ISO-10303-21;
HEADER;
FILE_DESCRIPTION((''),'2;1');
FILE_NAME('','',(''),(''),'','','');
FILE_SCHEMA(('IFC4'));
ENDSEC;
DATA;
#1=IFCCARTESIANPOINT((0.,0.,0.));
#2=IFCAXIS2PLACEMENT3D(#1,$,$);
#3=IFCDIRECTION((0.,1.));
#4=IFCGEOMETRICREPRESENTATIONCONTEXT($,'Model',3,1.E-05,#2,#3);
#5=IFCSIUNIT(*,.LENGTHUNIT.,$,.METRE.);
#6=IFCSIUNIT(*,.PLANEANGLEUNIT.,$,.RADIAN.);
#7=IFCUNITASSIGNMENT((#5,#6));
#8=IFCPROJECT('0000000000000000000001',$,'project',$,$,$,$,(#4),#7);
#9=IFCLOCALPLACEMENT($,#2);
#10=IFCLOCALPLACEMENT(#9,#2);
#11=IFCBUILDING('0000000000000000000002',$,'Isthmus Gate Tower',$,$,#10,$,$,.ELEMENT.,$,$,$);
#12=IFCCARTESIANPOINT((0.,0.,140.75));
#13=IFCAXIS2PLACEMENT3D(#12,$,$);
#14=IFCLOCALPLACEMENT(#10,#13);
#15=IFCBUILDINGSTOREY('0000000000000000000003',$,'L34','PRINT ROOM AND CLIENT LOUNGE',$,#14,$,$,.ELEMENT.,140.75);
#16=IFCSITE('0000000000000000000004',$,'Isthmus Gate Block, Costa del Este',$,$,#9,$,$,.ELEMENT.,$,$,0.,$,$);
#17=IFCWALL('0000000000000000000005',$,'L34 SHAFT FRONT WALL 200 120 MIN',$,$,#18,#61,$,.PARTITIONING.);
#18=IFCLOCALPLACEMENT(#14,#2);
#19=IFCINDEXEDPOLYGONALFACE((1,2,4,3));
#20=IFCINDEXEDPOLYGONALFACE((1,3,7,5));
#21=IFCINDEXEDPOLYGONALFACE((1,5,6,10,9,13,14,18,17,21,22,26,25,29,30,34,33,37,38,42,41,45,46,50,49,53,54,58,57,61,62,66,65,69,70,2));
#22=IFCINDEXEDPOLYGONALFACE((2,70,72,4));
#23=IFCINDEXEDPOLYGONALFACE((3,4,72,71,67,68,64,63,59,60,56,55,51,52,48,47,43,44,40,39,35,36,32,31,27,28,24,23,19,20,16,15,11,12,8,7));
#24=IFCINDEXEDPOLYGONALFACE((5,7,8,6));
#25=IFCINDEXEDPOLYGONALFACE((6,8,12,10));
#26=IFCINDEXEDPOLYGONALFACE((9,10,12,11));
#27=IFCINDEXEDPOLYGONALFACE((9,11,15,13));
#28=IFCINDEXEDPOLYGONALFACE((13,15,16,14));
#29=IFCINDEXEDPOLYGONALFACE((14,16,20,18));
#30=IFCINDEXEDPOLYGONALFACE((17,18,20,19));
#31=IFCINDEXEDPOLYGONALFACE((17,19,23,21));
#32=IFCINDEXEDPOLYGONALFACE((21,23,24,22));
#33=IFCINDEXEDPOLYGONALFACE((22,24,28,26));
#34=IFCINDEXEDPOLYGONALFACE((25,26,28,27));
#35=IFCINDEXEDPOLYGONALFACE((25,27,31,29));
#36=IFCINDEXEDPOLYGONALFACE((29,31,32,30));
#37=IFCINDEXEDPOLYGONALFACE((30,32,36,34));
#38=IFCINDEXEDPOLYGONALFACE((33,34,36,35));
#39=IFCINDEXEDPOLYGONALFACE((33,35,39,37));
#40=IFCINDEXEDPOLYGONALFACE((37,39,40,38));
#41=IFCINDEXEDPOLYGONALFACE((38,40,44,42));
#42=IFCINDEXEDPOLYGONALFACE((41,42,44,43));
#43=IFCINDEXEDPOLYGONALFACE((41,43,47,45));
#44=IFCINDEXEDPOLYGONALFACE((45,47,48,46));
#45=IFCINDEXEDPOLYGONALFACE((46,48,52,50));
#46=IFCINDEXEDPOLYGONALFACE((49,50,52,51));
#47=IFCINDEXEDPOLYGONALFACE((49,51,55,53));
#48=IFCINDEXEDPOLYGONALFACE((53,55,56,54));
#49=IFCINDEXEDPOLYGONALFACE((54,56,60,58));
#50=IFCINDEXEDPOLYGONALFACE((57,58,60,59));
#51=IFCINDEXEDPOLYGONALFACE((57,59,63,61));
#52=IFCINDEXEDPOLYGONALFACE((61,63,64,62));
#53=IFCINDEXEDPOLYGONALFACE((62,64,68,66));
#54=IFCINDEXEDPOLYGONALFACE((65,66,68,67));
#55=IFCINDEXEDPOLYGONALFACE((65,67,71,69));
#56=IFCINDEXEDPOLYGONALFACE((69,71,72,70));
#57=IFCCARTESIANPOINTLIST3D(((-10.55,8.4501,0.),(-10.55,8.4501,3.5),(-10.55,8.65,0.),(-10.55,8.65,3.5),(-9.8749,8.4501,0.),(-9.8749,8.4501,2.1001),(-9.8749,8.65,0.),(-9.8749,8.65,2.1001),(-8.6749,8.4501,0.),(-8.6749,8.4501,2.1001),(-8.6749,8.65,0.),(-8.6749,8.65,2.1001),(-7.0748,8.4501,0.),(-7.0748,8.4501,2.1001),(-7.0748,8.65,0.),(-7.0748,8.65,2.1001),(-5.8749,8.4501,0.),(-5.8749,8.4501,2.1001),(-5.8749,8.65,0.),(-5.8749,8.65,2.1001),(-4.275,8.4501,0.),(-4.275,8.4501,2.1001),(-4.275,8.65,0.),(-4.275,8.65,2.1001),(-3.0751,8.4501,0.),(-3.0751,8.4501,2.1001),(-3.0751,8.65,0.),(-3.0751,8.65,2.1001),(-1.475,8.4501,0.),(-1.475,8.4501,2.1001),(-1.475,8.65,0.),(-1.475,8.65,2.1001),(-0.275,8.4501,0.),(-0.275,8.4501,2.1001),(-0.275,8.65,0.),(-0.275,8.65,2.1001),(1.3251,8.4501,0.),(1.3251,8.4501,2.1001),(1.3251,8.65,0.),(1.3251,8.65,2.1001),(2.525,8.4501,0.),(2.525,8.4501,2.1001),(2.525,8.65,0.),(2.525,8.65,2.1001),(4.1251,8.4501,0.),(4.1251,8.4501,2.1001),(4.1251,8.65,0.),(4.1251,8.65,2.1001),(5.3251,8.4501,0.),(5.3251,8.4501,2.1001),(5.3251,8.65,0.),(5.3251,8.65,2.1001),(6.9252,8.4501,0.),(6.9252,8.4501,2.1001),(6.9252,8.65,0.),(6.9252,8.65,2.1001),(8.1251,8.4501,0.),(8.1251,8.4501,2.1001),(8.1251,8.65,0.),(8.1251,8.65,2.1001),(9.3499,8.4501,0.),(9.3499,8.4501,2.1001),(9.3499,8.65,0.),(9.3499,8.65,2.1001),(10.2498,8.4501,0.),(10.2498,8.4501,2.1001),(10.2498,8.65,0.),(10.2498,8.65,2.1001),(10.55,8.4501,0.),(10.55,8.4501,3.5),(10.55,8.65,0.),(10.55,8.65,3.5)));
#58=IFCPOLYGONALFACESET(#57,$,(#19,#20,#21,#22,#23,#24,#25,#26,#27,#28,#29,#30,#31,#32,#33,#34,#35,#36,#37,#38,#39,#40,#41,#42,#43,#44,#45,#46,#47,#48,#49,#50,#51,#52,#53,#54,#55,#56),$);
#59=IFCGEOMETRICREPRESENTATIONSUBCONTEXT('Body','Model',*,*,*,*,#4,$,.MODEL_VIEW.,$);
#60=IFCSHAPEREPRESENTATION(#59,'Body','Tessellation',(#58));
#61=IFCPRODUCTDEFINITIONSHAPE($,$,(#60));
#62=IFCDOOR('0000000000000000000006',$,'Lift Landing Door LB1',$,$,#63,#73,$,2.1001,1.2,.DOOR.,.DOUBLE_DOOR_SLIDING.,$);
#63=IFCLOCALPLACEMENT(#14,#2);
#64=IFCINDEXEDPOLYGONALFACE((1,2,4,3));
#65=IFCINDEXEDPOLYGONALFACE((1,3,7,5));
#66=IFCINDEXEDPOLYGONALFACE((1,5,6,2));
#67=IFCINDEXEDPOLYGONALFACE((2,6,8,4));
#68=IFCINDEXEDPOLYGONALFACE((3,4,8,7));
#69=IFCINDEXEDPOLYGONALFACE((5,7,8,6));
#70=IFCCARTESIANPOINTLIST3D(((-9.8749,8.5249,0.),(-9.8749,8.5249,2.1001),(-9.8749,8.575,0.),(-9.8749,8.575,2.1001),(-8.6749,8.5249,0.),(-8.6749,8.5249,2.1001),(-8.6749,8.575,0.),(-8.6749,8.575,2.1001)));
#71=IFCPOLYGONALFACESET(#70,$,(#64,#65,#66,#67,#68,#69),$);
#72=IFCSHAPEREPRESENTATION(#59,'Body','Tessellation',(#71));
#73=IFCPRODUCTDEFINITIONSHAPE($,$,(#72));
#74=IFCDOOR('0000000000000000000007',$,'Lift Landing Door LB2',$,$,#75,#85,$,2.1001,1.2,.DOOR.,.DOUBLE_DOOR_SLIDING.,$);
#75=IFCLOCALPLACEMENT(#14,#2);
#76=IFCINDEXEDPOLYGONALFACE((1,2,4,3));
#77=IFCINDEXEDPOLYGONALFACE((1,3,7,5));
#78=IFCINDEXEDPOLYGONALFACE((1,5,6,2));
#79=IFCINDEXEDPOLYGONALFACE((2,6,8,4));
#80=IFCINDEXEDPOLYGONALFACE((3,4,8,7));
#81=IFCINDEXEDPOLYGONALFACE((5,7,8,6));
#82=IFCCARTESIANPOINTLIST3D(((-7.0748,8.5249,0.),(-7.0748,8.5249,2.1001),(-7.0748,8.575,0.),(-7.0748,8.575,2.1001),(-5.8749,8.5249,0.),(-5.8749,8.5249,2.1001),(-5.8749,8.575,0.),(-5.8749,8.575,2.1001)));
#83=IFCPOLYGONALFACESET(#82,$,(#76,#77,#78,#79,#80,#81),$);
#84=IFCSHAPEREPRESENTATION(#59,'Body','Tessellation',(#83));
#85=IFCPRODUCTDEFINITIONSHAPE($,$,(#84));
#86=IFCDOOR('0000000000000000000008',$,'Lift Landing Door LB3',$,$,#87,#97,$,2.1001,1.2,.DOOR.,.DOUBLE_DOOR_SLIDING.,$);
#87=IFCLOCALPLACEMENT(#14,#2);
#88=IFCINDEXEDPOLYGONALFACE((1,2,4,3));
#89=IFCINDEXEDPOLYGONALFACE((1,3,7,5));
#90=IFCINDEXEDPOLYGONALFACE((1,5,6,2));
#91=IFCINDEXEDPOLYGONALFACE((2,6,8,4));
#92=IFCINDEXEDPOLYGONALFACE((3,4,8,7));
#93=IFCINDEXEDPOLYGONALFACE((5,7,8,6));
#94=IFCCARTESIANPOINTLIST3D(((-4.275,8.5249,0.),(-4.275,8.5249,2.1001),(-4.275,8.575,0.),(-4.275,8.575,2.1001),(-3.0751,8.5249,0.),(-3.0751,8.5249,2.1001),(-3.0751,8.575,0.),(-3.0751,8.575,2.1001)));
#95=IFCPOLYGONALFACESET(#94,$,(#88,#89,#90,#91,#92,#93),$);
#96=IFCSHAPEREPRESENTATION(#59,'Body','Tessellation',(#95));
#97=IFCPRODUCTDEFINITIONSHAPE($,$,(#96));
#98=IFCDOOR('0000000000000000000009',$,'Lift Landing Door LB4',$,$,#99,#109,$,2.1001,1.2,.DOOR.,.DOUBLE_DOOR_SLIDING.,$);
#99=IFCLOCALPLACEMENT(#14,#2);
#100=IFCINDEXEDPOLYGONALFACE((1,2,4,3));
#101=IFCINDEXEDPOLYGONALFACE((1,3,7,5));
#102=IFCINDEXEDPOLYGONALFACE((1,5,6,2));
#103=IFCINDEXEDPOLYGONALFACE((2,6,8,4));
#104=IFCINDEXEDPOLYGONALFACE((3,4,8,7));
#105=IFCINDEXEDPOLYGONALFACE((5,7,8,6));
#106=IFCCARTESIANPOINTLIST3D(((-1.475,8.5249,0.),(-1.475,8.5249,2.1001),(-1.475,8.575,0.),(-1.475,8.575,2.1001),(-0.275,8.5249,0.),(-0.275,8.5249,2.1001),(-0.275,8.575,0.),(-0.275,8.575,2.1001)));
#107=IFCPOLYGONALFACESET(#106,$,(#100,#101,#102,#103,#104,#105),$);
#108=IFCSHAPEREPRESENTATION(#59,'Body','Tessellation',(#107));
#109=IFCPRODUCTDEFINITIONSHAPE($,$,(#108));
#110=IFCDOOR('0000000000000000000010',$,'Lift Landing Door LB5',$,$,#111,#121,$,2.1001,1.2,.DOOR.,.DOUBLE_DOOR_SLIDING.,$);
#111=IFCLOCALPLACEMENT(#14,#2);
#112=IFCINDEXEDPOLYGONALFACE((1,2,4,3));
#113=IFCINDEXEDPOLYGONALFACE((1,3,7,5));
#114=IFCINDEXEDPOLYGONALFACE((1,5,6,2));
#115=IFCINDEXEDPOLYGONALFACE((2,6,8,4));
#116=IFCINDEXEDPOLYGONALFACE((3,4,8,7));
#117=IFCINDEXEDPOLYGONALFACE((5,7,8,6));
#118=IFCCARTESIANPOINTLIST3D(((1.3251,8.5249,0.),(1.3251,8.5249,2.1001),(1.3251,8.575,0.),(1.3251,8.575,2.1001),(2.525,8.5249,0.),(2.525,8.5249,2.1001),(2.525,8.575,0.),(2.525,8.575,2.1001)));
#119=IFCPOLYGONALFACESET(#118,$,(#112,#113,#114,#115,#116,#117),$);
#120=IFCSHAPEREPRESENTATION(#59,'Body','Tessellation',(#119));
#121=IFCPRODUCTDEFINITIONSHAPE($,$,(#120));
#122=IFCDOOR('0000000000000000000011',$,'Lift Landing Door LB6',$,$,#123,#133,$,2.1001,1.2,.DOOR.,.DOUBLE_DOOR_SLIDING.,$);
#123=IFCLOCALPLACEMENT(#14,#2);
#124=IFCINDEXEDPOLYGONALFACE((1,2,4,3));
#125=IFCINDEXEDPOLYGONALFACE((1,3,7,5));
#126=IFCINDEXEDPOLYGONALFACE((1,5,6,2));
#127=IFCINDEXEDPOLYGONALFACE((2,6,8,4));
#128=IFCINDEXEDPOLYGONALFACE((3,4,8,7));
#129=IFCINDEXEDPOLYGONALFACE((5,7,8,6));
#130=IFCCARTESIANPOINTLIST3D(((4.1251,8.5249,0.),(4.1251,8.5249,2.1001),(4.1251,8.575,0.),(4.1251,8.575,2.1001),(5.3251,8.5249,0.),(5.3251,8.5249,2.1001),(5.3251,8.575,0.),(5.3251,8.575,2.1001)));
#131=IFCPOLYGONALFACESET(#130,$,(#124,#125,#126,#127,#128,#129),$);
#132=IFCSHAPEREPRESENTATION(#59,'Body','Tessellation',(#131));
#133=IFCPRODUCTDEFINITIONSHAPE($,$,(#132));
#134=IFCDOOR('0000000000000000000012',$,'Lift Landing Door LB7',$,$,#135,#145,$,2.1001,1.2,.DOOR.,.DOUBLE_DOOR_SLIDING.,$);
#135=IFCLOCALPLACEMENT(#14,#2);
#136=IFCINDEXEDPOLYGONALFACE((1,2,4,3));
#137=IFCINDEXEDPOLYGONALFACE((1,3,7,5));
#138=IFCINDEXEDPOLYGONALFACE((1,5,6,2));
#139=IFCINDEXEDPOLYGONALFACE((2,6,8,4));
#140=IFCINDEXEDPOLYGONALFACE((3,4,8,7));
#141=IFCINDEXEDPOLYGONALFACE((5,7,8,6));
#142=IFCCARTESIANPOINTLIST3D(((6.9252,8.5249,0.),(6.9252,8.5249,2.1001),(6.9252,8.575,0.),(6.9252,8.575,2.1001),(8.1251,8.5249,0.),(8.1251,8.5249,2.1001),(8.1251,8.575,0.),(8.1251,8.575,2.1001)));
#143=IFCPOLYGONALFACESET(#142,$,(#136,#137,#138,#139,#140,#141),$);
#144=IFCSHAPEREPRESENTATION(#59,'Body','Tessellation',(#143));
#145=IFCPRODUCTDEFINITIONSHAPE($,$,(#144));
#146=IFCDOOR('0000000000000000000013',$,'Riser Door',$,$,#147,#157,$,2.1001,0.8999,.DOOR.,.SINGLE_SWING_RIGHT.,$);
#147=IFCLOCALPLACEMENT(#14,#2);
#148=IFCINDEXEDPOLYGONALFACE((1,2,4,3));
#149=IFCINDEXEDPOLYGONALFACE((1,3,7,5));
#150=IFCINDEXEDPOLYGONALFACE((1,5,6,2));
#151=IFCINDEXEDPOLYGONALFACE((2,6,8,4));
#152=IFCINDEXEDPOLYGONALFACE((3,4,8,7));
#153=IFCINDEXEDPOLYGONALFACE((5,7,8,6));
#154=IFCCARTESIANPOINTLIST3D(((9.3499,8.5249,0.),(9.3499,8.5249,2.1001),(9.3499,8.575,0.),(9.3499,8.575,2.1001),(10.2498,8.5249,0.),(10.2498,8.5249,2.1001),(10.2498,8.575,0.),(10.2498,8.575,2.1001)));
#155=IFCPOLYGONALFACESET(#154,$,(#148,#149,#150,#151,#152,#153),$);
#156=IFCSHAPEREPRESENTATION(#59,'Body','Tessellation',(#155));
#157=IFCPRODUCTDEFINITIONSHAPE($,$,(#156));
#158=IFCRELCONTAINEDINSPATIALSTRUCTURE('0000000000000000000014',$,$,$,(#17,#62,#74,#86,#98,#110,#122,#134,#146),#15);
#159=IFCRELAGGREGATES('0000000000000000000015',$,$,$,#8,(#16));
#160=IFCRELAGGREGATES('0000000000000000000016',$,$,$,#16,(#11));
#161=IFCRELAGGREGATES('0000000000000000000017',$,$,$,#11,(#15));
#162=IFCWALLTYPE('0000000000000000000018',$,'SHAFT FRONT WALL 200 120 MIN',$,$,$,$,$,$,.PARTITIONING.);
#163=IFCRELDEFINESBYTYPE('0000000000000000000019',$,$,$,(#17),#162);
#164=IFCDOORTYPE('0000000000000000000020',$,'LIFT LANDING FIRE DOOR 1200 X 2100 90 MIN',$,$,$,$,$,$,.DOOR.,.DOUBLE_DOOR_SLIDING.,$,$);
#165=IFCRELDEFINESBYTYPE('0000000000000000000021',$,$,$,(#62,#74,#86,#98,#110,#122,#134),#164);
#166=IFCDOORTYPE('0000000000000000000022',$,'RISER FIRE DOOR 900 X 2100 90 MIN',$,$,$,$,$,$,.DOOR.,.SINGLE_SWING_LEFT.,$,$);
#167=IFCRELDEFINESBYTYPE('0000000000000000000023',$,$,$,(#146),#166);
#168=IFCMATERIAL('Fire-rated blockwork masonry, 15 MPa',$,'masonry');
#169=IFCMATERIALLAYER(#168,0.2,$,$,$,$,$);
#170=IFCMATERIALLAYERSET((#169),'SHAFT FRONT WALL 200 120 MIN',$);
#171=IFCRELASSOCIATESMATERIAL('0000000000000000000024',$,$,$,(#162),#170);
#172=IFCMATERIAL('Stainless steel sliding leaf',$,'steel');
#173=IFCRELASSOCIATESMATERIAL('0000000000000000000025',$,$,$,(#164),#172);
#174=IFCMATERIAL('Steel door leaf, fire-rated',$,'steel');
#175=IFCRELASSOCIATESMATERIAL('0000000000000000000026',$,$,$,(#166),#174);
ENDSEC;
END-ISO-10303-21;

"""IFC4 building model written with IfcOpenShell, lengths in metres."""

from ifc_helpers import new_model, si_unit, direction, frame, frame_2d, origin, place, context, subcontext, project, spatial, rectangle, extrude, material, layer, layer_set, type_object, element, fill, save


model = new_model("IFC4")

# Units and contexts
model_context = context("Model", 3, precision=1e-05, world=origin(), true_north=direction((0.0, 1.0)))
body_context = subcontext(model_context, "Body", "Model", "MODEL_VIEW")
ifc_project = project(units=[si_unit("LENGTHUNIT", "METRE"), si_unit("PLANEANGLEUNIT", "RADIAN")], contexts=[model_context])

# Site, building, storey
site_placement = place(None, origin())
site = spatial("IfcSite", under=ifc_project, at=site_placement, Name="Isthmus Gate Block, Costa del Este", CompositionType="ELEMENT", RefElevation=0.0)
building_placement = place(site_placement, origin())
building = spatial("IfcBuilding", under=site, at=building_placement, Name="Isthmus Gate Tower", CompositionType="ELEMENT")
storey_placement = place(building_placement, frame((0.0, 0.0, 140.75)))
storey = spatial("IfcBuildingStorey", under=building, at=storey_placement, Name="L34", Description="PRINT ROOM AND CLIENT LOUNGE", CompositionType="ELEMENT", Elevation=140.75)

# Wall, openings, doors
ifc_material_1 = material(Name="Fire-rated blockwork masonry, 15 MPa", Category="masonry")
ifc_layer_1 = layer(ifc_material_1, 0.2)
ifc_layer_set_1 = layer_set([ifc_layer_1], Name="SHAFT FRONT WALL 200 120 MIN")
wall_type_1 = type_object("IfcWallType", Name="SHAFT FRONT WALL 200 120 MIN", PredefinedType="PARTITIONING", material=ifc_layer_set_1)
wall_1_placement = place(storey_placement, frame((-10.55, 8.55, 0.0), z_axis=(0.0, 0.0, 1.0), x_axis=(1.0, 0.0, 0.0)))
wall_1 = element("IfcWall", 1, at=wall_1_placement, inside=storey, type_object=wall_type_1, Name="L34 SHAFT FRONT WALL 200 120 MIN", PredefinedType="PARTITIONING", context=body_context, shape_type="SweptSolid", body=[
    extrude(rectangle(XDim=21.1001, YDim=0.2, at=frame_2d((10.55, 0.0))), origin(), (0.0, 0.0, 1.0), 3.5),
])
opening_1_placement = place(wall_1_placement, frame((0.675, 0.0, 0.0)))
opening_1 = element("IfcOpeningElement", 2, at=opening_1_placement, cuts=wall_1, PredefinedType="OPENING", context=body_context, shape_type="SweptSolid", body=[
    extrude(rectangle(XDim=1.2, YDim=2.1001, at=frame_2d((0.6001, 1.05))), frame((0.0, 0.1099, 0.0), z_axis=(0.0, -1.0, 0.0), x_axis=(1.0, 0.0, 0.0)), (0.0, 0.0, 1.0), 0.22),
])
opening_2_placement = place(wall_1_placement, frame((3.4751, 0.0, 0.0)))
opening_2 = element("IfcOpeningElement", 3, at=opening_2_placement, cuts=wall_1, PredefinedType="OPENING", context=body_context, shape_type="SweptSolid", body=[
    extrude(rectangle(XDim=1.2, YDim=2.1001, at=frame_2d((0.6001, 1.05))), frame((0.0, 0.1099, 0.0), z_axis=(0.0, -1.0, 0.0), x_axis=(1.0, 0.0, 0.0)), (0.0, 0.0, 1.0), 0.22),
])
opening_3_placement = place(wall_1_placement, frame((6.2749, 0.0, 0.0)))
opening_3 = element("IfcOpeningElement", 4, at=opening_3_placement, cuts=wall_1, PredefinedType="OPENING", context=body_context, shape_type="SweptSolid", body=[
    extrude(rectangle(XDim=1.2, YDim=2.1001, at=frame_2d((0.6001, 1.05))), frame((0.0, 0.1099, 0.0), z_axis=(0.0, -1.0, 0.0), x_axis=(1.0, 0.0, 0.0)), (0.0, 0.0, 1.0), 0.22),
])
opening_4_placement = place(wall_1_placement, frame((9.075, 0.0, 0.0)))
opening_4 = element("IfcOpeningElement", 5, at=opening_4_placement, cuts=wall_1, PredefinedType="OPENING", context=body_context, shape_type="SweptSolid", body=[
    extrude(rectangle(XDim=1.2, YDim=2.1001, at=frame_2d((0.6001, 1.05))), frame((0.0, 0.1099, 0.0), z_axis=(0.0, -1.0, 0.0), x_axis=(1.0, 0.0, 0.0)), (0.0, 0.0, 1.0), 0.22),
])
opening_5_placement = place(wall_1_placement, frame((11.875, 0.0, 0.0)))
opening_5 = element("IfcOpeningElement", 6, at=opening_5_placement, cuts=wall_1, PredefinedType="OPENING", context=body_context, shape_type="SweptSolid", body=[
    extrude(rectangle(XDim=1.2, YDim=2.1001, at=frame_2d((0.6001, 1.05))), frame((0.0, 0.1099, 0.0), z_axis=(0.0, -1.0, 0.0), x_axis=(1.0, 0.0, 0.0)), (0.0, 0.0, 1.0), 0.22),
])
opening_6_placement = place(wall_1_placement, frame((14.675, 0.0, 0.0)))
opening_6 = element("IfcOpeningElement", 7, at=opening_6_placement, cuts=wall_1, PredefinedType="OPENING", context=body_context, shape_type="SweptSolid", body=[
    extrude(rectangle(XDim=1.2, YDim=2.1001, at=frame_2d((0.6001, 1.05))), frame((0.0, 0.1099, 0.0), z_axis=(0.0, -1.0, 0.0), x_axis=(1.0, 0.0, 0.0)), (0.0, 0.0, 1.0), 0.22),
])
opening_7_placement = place(wall_1_placement, frame((17.4751, 0.0, 0.0)))
opening_7 = element("IfcOpeningElement", 8, at=opening_7_placement, cuts=wall_1, PredefinedType="OPENING", context=body_context, shape_type="SweptSolid", body=[
    extrude(rectangle(XDim=1.2, YDim=2.1001, at=frame_2d((0.6001, 1.05))), frame((0.0, 0.1099, 0.0), z_axis=(0.0, -1.0, 0.0), x_axis=(1.0, 0.0, 0.0)), (0.0, 0.0, 1.0), 0.22),
])
opening_8_placement = place(wall_1_placement, frame((19.8999, 0.0, 0.0)))
opening_8 = element("IfcOpeningElement", 9, at=opening_8_placement, cuts=wall_1, PredefinedType="OPENING", context=body_context, shape_type="SweptSolid", body=[
    extrude(rectangle(XDim=0.8999, YDim=2.1001, at=frame_2d((0.45, 1.05))), frame((0.0, 0.1099, 0.0), z_axis=(0.0, -1.0, 0.0), x_axis=(1.0, 0.0, 0.0)), (0.0, 0.0, 1.0), 0.22),
])
ifc_material_2 = material(Name="Stainless steel sliding leaf", Category="steel")
door_type_1 = type_object("IfcDoorType", Name="LIFT LANDING FIRE DOOR 1200 X 2100 90 MIN", OperationType="DOUBLE_DOOR_SLIDING", PredefinedType="DOOR", material=ifc_material_2)
door_1_placement = place(opening_1_placement, origin())
door_1 = element("IfcDoor", 10, at=door_1_placement, inside=storey, type_object=door_type_1, Name="Lift Landing Door LB1", OperationType="DOUBLE_DOOR_SLIDING", OverallHeight=2.1001, OverallWidth=1.2, PredefinedType="DOOR", context=body_context, shape_type="SweptSolid", body=[
    extrude(rectangle(XDim=1.2, YDim=2.1001, at=frame_2d((0.6001, 1.05))), frame((0.0, 0.0249, 0.0), z_axis=(0.0, -1.0, 0.0), x_axis=(1.0, 0.0, 0.0)), (0.0, 0.0, 1.0), 0.05),
])
fill(opening_1, door_1)
door_2_placement = place(opening_2_placement, origin())
door_2 = element("IfcDoor", 11, at=door_2_placement, inside=storey, type_object=door_type_1, Name="Lift Landing Door LB2", OperationType="DOUBLE_DOOR_SLIDING", OverallHeight=2.1001, OverallWidth=1.2, PredefinedType="DOOR", context=body_context, shape_type="SweptSolid", body=[
    extrude(rectangle(XDim=1.2, YDim=2.1001, at=frame_2d((0.6001, 1.05))), frame((0.0, 0.0249, 0.0), z_axis=(0.0, -1.0, 0.0), x_axis=(1.0, 0.0, 0.0)), (0.0, 0.0, 1.0), 0.05),
])
fill(opening_2, door_2)
door_3_placement = place(opening_3_placement, origin())
door_3 = element("IfcDoor", 12, at=door_3_placement, inside=storey, type_object=door_type_1, Name="Lift Landing Door LB3", OperationType="DOUBLE_DOOR_SLIDING", OverallHeight=2.1001, OverallWidth=1.2, PredefinedType="DOOR", context=body_context, shape_type="SweptSolid", body=[
    extrude(rectangle(XDim=1.2, YDim=2.1001, at=frame_2d((0.6001, 1.05))), frame((0.0, 0.0249, 0.0), z_axis=(0.0, -1.0, 0.0), x_axis=(1.0, 0.0, 0.0)), (0.0, 0.0, 1.0), 0.05),
])
fill(opening_3, door_3)
door_4_placement = place(opening_4_placement, origin())
door_4 = element("IfcDoor", 13, at=door_4_placement, inside=storey, type_object=door_type_1, Name="Lift Landing Door LB4", OperationType="DOUBLE_DOOR_SLIDING", OverallHeight=2.1001, OverallWidth=1.2, PredefinedType="DOOR", context=body_context, shape_type="SweptSolid", body=[
    extrude(rectangle(XDim=1.2, YDim=2.1001, at=frame_2d((0.6001, 1.05))), frame((0.0, 0.0249, 0.0), z_axis=(0.0, -1.0, 0.0), x_axis=(1.0, 0.0, 0.0)), (0.0, 0.0, 1.0), 0.05),
])
fill(opening_4, door_4)
door_5_placement = place(opening_5_placement, origin())
door_5 = element("IfcDoor", 14, at=door_5_placement, inside=storey, type_object=door_type_1, Name="Lift Landing Door LB5", OperationType="DOUBLE_DOOR_SLIDING", OverallHeight=2.1001, OverallWidth=1.2, PredefinedType="DOOR", context=body_context, shape_type="SweptSolid", body=[
    extrude(rectangle(XDim=1.2, YDim=2.1001, at=frame_2d((0.6001, 1.05))), frame((0.0, 0.0249, 0.0), z_axis=(0.0, -1.0, 0.0), x_axis=(1.0, 0.0, 0.0)), (0.0, 0.0, 1.0), 0.05),
])
fill(opening_5, door_5)
door_6_placement = place(opening_6_placement, origin())
door_6 = element("IfcDoor", 15, at=door_6_placement, inside=storey, type_object=door_type_1, Name="Lift Landing Door LB6", OperationType="DOUBLE_DOOR_SLIDING", OverallHeight=2.1001, OverallWidth=1.2, PredefinedType="DOOR", context=body_context, shape_type="SweptSolid", body=[
    extrude(rectangle(XDim=1.2, YDim=2.1001, at=frame_2d((0.6001, 1.05))), frame((0.0, 0.0249, 0.0), z_axis=(0.0, -1.0, 0.0), x_axis=(1.0, 0.0, 0.0)), (0.0, 0.0, 1.0), 0.05),
])
fill(opening_6, door_6)
door_7_placement = place(opening_7_placement, origin())
door_7 = element("IfcDoor", 16, at=door_7_placement, inside=storey, type_object=door_type_1, Name="Lift Landing Door LB7", OperationType="DOUBLE_DOOR_SLIDING", OverallHeight=2.1001, OverallWidth=1.2, PredefinedType="DOOR", context=body_context, shape_type="SweptSolid", body=[
    extrude(rectangle(XDim=1.2, YDim=2.1001, at=frame_2d((0.6001, 1.05))), frame((0.0, 0.0249, 0.0), z_axis=(0.0, -1.0, 0.0), x_axis=(1.0, 0.0, 0.0)), (0.0, 0.0, 1.0), 0.05),
])
fill(opening_7, door_7)
ifc_material_3 = material(Name="Steel door leaf, fire-rated", Category="steel")
door_type_2 = type_object("IfcDoorType", Name="RISER FIRE DOOR 900 X 2100 90 MIN", OperationType="SINGLE_SWING_LEFT", PredefinedType="DOOR", material=ifc_material_3)
door_8_placement = place(opening_8_placement, origin())
door_8 = element("IfcDoor", 17, at=door_8_placement, inside=storey, type_object=door_type_2, Name="Riser Door", OperationType="SINGLE_SWING_RIGHT", OverallHeight=2.1001, OverallWidth=0.8999, PredefinedType="DOOR", context=body_context, shape_type="SweptSolid", body=[
    extrude(rectangle(XDim=0.8999, YDim=2.1001, at=frame_2d((0.45, 1.05))), frame((0.0, 0.0249, 0.0), z_axis=(0.0, -1.0, 0.0), x_axis=(1.0, 0.0, 0.0)), (0.0, 0.0, 1.0), 0.05),
])
fill(opening_8, door_8)

save(model, "model.ifc")
